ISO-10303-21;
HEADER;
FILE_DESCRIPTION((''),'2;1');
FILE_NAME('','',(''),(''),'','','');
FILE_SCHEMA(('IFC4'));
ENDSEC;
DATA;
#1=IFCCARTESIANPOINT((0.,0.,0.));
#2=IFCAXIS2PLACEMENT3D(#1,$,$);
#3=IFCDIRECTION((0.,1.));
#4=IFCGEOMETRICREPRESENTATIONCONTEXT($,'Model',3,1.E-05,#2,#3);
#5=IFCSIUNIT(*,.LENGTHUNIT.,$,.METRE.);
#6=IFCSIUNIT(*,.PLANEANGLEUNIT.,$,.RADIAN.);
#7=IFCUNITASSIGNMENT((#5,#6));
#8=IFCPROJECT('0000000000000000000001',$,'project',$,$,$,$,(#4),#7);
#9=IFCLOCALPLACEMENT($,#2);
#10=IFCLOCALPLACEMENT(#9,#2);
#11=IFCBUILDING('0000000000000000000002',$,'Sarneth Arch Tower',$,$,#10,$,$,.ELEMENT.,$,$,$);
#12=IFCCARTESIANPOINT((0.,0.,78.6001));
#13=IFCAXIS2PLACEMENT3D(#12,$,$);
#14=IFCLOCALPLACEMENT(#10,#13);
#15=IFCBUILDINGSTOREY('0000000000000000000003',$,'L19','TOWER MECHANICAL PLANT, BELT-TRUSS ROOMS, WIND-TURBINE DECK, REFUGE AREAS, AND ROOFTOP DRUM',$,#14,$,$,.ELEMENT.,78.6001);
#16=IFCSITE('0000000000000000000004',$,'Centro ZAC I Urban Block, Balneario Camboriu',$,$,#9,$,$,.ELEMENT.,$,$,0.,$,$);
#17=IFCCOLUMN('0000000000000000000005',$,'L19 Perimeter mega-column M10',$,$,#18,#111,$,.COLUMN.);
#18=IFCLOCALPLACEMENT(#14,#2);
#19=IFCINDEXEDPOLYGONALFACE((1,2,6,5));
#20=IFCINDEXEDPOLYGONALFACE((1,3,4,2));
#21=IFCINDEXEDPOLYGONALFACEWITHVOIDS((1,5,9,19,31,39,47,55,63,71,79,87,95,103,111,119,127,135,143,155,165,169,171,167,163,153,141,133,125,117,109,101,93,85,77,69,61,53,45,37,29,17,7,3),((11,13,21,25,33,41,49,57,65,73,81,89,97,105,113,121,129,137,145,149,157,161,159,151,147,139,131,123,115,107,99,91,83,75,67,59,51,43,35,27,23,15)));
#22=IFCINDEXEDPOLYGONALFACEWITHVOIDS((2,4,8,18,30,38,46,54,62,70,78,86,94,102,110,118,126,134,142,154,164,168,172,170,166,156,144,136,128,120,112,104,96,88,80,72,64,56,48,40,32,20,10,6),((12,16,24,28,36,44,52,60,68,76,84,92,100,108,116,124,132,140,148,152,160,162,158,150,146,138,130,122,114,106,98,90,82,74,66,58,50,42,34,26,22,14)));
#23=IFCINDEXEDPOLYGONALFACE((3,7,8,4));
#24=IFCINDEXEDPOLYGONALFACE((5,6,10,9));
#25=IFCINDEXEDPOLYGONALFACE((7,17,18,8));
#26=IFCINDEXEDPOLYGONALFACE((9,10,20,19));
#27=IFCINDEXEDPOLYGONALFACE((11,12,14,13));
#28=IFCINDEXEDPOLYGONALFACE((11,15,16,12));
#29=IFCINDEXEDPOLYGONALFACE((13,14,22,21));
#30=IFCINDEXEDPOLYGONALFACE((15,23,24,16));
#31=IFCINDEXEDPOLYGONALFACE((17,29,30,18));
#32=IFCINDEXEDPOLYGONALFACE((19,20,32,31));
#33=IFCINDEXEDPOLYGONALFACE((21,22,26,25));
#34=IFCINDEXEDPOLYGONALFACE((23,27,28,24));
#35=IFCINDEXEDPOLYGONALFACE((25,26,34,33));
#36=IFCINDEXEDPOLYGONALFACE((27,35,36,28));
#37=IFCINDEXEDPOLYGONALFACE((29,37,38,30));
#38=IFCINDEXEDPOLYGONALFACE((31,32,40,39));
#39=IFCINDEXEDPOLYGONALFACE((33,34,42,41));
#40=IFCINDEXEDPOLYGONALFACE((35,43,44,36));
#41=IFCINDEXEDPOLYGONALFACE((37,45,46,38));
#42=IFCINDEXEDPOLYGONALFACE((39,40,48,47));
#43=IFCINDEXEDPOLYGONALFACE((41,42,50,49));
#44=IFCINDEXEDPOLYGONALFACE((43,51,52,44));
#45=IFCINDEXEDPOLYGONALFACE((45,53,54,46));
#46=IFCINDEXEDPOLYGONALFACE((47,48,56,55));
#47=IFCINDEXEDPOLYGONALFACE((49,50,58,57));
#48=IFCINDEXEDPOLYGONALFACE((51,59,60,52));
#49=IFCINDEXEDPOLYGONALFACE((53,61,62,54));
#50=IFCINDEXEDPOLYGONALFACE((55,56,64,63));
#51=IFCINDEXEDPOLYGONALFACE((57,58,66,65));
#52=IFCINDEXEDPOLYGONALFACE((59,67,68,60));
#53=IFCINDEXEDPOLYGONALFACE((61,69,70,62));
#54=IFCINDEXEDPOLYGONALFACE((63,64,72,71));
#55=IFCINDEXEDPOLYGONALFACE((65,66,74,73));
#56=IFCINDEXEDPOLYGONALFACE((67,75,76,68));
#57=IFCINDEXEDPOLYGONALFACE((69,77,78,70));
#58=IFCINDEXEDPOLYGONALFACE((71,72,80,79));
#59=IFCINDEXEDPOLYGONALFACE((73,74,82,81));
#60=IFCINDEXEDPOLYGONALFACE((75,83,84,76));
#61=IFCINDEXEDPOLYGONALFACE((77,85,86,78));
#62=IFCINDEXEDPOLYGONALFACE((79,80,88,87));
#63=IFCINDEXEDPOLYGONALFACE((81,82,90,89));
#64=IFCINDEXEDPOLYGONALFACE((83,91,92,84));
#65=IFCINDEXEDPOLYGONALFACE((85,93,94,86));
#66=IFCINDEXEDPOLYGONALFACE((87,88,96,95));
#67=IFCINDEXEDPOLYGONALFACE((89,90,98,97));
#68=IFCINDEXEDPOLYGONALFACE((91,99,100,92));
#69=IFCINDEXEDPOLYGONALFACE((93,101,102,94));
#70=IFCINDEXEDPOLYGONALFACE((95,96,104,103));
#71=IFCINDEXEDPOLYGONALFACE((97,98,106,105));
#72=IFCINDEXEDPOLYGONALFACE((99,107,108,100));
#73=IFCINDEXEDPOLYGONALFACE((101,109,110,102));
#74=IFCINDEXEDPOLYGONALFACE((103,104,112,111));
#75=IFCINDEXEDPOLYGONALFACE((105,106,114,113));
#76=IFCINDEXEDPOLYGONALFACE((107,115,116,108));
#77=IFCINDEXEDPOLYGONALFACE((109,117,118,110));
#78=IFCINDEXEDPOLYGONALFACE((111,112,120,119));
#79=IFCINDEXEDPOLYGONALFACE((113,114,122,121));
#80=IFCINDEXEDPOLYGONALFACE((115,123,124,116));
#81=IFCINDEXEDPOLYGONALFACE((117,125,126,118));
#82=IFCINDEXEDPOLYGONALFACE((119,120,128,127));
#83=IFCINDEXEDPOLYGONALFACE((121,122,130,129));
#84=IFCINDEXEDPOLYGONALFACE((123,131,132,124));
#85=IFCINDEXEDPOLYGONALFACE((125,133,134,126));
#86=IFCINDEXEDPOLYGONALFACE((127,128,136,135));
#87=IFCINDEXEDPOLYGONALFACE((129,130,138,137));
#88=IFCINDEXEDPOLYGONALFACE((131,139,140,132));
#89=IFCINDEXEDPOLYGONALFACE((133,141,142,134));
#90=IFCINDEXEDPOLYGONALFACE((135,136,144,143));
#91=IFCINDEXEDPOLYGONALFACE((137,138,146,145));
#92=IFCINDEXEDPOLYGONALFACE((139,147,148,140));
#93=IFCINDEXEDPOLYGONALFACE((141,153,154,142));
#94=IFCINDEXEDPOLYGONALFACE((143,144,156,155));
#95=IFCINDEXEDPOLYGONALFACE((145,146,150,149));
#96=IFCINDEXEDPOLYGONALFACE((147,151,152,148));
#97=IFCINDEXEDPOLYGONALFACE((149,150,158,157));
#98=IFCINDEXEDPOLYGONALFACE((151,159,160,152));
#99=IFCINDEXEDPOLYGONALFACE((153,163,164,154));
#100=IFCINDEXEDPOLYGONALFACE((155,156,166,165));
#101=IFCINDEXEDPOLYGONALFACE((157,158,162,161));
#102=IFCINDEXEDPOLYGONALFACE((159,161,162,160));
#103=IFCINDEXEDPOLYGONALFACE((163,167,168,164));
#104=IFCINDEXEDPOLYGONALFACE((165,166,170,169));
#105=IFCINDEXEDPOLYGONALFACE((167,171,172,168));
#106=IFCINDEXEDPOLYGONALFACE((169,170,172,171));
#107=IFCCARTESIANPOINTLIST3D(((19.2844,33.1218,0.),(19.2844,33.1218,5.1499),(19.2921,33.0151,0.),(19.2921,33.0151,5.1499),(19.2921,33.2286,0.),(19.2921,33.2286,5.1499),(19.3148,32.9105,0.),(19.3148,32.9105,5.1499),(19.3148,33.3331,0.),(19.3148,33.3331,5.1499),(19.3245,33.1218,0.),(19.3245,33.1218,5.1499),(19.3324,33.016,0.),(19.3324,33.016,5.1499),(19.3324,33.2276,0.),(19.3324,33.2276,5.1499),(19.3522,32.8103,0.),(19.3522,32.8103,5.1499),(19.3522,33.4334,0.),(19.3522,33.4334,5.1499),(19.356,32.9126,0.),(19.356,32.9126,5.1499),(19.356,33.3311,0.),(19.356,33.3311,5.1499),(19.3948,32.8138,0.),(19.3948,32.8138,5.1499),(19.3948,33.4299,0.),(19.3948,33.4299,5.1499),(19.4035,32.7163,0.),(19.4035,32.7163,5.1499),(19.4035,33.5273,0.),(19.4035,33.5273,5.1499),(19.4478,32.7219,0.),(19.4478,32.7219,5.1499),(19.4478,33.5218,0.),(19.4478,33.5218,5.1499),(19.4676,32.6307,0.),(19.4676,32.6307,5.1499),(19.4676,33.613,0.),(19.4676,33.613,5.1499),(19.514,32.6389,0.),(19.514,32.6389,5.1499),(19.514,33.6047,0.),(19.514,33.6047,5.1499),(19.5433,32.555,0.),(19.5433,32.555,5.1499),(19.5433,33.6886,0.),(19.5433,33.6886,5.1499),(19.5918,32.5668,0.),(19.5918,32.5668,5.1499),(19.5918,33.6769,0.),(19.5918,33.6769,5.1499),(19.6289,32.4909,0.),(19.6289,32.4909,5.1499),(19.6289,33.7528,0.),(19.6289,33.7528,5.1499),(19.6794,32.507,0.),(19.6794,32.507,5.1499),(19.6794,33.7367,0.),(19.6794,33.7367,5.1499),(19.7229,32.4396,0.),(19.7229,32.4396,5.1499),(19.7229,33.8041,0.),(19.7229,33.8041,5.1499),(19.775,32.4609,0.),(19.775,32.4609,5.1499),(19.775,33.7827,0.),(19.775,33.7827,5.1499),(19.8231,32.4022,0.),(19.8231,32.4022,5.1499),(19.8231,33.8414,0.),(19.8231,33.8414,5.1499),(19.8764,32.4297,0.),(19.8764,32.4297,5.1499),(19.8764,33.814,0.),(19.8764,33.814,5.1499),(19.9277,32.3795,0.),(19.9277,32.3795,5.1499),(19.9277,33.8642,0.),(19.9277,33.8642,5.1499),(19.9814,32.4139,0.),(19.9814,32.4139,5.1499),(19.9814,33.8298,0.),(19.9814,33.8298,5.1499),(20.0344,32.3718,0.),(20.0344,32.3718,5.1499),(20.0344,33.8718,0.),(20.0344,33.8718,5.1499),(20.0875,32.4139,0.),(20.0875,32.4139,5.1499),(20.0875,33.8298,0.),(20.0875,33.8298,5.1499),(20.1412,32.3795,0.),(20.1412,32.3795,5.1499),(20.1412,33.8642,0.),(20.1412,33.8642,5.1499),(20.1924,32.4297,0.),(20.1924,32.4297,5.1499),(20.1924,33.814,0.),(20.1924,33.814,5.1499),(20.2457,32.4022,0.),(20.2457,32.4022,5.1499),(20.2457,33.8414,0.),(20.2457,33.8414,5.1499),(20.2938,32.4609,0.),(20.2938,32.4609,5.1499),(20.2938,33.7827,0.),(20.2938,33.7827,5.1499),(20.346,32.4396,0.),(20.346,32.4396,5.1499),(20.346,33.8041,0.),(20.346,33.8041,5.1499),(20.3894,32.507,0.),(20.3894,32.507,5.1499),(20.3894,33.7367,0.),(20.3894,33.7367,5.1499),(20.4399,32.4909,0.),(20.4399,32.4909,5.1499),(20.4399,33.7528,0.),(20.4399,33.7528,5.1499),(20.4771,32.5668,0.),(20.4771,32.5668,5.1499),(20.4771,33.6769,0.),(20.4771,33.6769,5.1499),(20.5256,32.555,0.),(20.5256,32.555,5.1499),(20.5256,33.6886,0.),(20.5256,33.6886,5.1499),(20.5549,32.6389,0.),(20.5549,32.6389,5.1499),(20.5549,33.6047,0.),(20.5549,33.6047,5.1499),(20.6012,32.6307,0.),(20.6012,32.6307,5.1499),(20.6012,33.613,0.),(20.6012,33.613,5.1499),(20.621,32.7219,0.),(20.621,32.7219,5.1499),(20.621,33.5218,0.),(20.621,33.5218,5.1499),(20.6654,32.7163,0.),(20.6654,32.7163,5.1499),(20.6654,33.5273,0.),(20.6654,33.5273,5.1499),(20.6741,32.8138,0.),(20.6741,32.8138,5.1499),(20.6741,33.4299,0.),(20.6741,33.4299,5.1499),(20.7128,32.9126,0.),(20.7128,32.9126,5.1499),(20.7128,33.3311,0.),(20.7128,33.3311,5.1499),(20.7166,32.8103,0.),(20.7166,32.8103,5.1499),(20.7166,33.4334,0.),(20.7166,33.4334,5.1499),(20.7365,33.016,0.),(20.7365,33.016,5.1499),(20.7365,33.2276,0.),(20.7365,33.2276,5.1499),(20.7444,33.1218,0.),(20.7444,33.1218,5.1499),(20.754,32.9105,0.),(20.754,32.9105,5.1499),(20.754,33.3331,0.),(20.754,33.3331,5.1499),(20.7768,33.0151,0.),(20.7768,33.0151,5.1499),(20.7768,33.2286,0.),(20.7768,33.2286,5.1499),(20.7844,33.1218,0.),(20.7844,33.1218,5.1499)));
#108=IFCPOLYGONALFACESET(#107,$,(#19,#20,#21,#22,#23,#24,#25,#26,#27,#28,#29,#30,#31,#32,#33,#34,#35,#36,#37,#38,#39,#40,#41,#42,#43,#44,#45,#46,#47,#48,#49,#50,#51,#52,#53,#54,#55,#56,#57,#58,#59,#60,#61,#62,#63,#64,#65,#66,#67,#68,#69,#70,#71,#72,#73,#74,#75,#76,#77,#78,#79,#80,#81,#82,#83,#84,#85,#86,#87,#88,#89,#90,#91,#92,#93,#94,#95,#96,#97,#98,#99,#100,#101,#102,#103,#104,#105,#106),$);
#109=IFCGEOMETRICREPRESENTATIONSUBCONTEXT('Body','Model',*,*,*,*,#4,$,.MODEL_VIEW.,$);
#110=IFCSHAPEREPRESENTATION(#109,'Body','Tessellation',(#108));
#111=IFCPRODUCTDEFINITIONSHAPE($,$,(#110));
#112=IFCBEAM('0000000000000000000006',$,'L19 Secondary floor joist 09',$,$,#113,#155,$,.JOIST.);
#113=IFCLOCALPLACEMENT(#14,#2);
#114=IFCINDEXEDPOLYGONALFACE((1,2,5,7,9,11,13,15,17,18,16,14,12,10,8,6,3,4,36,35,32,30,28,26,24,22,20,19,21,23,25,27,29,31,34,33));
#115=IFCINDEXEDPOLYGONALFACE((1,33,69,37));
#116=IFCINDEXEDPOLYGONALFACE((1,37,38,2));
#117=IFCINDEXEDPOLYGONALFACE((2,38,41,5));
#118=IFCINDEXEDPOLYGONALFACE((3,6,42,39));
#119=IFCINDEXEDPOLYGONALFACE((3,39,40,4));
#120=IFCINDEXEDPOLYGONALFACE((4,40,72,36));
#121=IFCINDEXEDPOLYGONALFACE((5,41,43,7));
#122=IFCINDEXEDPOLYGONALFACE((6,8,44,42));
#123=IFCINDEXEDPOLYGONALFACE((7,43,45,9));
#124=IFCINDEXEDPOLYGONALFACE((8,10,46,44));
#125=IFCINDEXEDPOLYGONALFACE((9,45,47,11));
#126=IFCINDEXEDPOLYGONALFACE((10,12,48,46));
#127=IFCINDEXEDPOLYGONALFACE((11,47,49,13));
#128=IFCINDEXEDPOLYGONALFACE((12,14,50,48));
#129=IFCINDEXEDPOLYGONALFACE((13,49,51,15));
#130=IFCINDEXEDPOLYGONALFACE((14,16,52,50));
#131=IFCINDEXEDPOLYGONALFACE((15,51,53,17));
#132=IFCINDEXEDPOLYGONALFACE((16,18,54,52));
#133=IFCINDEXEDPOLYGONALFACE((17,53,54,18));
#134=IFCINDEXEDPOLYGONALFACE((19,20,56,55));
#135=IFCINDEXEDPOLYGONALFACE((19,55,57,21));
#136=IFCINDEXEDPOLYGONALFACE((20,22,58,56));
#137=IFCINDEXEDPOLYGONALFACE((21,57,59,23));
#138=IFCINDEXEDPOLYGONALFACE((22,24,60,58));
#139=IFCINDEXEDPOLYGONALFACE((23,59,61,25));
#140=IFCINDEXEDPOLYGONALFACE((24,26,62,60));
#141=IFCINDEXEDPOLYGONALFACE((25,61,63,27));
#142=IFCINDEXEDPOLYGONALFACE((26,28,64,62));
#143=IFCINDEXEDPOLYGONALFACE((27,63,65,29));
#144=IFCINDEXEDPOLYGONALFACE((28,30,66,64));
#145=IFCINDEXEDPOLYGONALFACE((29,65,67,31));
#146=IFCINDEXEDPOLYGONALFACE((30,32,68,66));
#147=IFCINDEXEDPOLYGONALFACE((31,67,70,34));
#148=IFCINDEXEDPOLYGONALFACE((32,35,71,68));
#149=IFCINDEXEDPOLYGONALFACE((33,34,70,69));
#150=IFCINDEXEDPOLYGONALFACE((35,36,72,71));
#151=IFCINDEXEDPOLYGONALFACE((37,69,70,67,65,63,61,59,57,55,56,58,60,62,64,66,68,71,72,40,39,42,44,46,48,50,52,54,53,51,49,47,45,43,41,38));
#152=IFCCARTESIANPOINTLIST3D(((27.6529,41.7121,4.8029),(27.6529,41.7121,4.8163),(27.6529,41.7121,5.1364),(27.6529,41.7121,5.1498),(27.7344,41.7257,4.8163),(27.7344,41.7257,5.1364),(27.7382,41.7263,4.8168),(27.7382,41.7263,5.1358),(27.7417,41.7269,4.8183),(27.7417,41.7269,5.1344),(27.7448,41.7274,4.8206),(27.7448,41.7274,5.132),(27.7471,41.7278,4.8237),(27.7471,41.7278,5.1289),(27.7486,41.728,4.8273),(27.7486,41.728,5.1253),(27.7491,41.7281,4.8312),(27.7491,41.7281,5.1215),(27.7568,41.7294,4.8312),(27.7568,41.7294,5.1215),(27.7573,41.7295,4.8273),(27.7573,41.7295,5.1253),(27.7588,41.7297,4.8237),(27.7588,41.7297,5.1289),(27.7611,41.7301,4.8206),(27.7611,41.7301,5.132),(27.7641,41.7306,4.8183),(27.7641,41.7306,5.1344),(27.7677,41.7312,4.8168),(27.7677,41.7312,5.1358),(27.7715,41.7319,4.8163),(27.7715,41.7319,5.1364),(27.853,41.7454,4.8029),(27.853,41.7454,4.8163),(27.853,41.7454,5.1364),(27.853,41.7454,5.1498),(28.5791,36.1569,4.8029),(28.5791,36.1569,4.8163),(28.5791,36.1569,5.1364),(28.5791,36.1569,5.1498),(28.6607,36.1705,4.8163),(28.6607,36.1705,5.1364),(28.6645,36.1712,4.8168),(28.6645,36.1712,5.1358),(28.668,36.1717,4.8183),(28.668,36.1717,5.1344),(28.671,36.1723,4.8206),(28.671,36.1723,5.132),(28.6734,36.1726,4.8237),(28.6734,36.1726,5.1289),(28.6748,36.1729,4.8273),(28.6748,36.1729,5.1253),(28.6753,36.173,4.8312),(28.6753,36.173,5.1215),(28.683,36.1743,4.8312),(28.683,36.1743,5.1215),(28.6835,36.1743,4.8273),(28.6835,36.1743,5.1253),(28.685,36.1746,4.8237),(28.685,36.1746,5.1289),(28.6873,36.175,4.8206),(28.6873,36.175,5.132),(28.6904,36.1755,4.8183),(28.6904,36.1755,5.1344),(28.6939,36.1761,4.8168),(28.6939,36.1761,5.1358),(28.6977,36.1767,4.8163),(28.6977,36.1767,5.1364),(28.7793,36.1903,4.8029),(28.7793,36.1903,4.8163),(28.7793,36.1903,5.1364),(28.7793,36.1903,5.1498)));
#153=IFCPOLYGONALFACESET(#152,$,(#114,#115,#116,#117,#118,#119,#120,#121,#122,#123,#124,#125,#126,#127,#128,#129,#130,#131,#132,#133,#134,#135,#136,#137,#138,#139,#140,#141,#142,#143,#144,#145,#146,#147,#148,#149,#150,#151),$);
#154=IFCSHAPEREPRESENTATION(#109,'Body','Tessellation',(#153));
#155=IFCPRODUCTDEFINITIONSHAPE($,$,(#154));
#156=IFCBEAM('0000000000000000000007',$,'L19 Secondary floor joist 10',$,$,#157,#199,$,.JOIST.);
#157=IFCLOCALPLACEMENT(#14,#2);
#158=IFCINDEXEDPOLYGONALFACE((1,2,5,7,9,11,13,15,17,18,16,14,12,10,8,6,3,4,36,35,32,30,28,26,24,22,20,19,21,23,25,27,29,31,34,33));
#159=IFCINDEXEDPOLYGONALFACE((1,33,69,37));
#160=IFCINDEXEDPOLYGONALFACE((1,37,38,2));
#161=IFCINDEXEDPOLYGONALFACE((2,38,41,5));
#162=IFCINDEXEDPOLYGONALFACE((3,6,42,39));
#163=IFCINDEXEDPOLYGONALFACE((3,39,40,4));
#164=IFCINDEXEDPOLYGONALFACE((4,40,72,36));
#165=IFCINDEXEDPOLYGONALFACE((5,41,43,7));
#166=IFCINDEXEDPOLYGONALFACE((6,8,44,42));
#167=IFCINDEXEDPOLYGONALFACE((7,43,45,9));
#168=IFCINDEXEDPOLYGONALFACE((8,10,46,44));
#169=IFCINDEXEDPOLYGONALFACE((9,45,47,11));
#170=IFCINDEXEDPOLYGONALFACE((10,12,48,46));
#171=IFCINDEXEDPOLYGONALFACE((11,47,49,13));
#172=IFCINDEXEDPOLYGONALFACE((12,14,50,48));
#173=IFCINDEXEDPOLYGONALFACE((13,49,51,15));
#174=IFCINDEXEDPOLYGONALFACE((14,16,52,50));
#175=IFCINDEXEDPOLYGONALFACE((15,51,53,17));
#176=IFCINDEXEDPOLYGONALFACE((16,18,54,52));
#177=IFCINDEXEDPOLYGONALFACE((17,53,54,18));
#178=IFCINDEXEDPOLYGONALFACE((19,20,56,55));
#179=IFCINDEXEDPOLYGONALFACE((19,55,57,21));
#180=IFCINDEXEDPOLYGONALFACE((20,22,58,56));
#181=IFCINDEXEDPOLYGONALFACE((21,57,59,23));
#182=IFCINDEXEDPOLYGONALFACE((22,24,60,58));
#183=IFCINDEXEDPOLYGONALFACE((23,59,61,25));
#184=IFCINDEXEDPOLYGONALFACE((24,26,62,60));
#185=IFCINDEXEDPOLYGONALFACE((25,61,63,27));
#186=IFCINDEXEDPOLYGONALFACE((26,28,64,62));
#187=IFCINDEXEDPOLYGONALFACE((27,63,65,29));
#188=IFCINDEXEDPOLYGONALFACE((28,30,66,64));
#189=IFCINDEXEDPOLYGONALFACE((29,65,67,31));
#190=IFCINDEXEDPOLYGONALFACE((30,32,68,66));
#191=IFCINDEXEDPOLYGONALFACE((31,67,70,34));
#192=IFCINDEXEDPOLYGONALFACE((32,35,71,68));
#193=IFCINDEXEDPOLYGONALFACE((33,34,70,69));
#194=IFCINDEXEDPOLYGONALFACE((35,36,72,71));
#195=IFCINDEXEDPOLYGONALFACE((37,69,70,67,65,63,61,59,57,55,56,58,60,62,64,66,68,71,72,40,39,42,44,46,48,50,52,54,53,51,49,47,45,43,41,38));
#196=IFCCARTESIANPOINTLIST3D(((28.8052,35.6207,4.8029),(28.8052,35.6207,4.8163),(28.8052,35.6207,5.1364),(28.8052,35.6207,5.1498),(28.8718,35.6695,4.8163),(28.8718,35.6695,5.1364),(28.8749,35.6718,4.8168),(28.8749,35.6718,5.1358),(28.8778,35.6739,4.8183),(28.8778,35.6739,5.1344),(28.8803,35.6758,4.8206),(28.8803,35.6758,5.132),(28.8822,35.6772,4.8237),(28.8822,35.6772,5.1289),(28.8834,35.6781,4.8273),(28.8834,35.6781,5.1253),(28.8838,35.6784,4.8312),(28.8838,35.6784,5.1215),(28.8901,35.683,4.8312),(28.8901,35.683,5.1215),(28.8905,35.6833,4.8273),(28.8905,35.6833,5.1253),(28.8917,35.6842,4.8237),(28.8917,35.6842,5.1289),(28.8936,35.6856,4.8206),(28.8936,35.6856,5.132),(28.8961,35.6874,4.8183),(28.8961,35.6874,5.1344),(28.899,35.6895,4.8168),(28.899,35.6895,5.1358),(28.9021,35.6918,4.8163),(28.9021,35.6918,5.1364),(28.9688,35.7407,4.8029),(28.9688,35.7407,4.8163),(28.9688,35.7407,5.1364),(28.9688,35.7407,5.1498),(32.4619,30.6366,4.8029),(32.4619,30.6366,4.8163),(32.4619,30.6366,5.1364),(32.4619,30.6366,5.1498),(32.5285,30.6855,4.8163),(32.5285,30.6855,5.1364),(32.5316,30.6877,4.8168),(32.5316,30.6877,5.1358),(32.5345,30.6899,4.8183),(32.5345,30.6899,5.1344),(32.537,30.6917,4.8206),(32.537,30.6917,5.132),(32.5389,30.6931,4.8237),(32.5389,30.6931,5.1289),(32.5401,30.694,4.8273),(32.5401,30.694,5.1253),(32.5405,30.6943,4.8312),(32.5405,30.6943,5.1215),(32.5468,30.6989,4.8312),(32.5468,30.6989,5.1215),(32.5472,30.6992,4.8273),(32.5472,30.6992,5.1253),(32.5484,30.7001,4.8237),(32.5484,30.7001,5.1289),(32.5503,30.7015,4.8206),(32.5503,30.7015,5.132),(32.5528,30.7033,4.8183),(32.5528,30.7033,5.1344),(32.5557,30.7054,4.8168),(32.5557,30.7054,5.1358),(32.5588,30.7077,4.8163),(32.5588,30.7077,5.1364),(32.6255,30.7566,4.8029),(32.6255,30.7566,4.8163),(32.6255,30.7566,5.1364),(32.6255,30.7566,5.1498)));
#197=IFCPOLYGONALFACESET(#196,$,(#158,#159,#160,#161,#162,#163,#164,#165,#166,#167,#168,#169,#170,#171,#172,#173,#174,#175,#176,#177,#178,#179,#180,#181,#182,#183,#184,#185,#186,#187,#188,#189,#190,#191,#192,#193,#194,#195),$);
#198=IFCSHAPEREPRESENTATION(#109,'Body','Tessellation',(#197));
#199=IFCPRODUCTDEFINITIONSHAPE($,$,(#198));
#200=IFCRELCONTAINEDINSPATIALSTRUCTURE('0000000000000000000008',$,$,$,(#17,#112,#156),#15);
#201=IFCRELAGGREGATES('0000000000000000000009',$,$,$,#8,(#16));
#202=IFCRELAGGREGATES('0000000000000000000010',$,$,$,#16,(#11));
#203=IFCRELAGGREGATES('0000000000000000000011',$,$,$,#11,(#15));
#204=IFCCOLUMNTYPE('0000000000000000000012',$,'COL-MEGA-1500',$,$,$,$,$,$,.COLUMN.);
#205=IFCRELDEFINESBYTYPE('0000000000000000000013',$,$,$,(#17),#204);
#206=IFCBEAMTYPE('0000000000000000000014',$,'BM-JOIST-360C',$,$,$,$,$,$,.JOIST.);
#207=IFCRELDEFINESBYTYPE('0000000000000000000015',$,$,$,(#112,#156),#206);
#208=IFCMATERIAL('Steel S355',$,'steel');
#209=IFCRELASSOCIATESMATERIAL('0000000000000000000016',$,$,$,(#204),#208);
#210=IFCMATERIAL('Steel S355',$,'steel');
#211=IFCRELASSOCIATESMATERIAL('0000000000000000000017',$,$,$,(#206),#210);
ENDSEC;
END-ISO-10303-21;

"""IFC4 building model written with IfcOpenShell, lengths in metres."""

from ifc_helpers import new_model, si_unit, direction, frame, origin, origin_2d, place, context, subcontext, project, spatial, hollow_circle, i_section, extrude, material, material_profile, profile_set, type_object, element, save


model = new_model("IFC4")

# Units and contexts
model_context = context("Model", 3, precision=1e-05, world=origin(), true_north=direction((0.0, 1.0)))
body_context = subcontext(model_context, "Body", "Model", "MODEL_VIEW")
ifc_project = project(units=[si_unit("LENGTHUNIT", "METRE"), si_unit("PLANEANGLEUNIT", "RADIAN")], contexts=[model_context])

# Site, building, storey
site_placement = place(None, origin())
site = spatial("IfcSite", under=ifc_project, at=site_placement, Name="Centro ZAC I Urban Block, Balneario Camboriu", CompositionType="ELEMENT", RefElevation=0.0)
building_placement = place(site_placement, origin())
building = spatial("IfcBuilding", under=site, at=building_placement, Name="Sarneth Arch Tower", CompositionType="ELEMENT")
storey_placement = place(building_placement, frame((0.0, 0.0, 78.6001)))
storey = spatial("IfcBuildingStorey", under=building, at=storey_placement, Name="L19", Description="TOWER MECHANICAL PLANT, BELT-TRUSS ROOMS, WIND-TURBINE DECK, REFUGE AREAS, AND ROOFTOP DRUM", CompositionType="ELEMENT", Elevation=78.6001)

# Column
ifc_material_1 = material(Name="Steel S355", Category="steel")
ifc_material_profile_1 = material_profile(ifc_material_1, hollow_circle(Radius=0.75, WallThickness=0.04, at=origin_2d()), Name="CHS1500x40")
ifc_profile_set_1 = profile_set([ifc_material_profile_1], Name="Steel S355")
column_type = type_object("IfcColumnType", Name="COL-MEGA-1500", PredefinedType="COLUMN", material=ifc_profile_set_1)
column_placement = place(storey_placement, frame((20.0344, 33.1218, 0.0), z_axis=(0.0, 0.0, 1.0), x_axis=(1.0, 0.0, 0.0)))
element("IfcColumn", 1, at=column_placement, inside=storey, type_object=column_type, Name="L19 Perimeter mega-column M10", PredefinedType="COLUMN", context=body_context, shape_type="SweptSolid", body=[
    extrude(hollow_circle(Radius=0.75, WallThickness=0.04, at=origin_2d()), origin(), (0.0, 0.0, 1.0), 5.1499),
])

# Beams
ifc_material_2 = material(Name="Steel S355", Category="steel")
ifc_material_profile_2 = material_profile(ifc_material_2, i_section(OverallWidth=0.2029, OverallDepth=0.3469, WebThickness=0.0078, FlangeThickness=0.0134, FilletRadius=0.0149, at=origin_2d()), Name="W360x64")
ifc_profile_set_2 = profile_set([ifc_material_profile_2], Name="Steel S355")
beam_type_1 = type_object("IfcBeamType", Name="BM-JOIST-360C", PredefinedType="JOIST", material=ifc_profile_set_2)
beam_1_placement = place(storey_placement, frame((27.7529, 41.7288, 4.9763), z_axis=(0.164469, -0.986382, 0.0), x_axis=(0.986382, 0.164469, 0.0)))
element("IfcBeam", 2, at=beam_1_placement, inside=storey, type_object=beam_type_1, Name="L19 Secondary floor joist 09", PredefinedType="JOIST", context=body_context, shape_type="SweptSolid", body=[
    extrude(i_section(OverallWidth=0.2029, OverallDepth=0.3469, WebThickness=0.0078, FlangeThickness=0.0134, FilletRadius=0.0149, at=origin_2d()), origin(), (0.0, 0.0, 1.0), 5.6318),
])
beam_2_placement = place(storey_placement, frame((28.887, 35.6807, 4.9763), z_axis=(0.591543, -0.806273, 0.0), x_axis=(0.806273, 0.591543, 0.0)))
element("IfcBeam", 3, at=beam_2_placement, inside=storey, type_object=beam_type_1, Name="L19 Secondary floor joist 10", PredefinedType="JOIST", context=body_context, shape_type="SweptSolid", body=[
    extrude(i_section(OverallWidth=0.2029, OverallDepth=0.3469, WebThickness=0.0078, FlangeThickness=0.0134, FilletRadius=0.0149, at=origin_2d()), origin(), (0.0, 0.0, 1.0), 6.1816),
])

save(model, "model.ifc")
